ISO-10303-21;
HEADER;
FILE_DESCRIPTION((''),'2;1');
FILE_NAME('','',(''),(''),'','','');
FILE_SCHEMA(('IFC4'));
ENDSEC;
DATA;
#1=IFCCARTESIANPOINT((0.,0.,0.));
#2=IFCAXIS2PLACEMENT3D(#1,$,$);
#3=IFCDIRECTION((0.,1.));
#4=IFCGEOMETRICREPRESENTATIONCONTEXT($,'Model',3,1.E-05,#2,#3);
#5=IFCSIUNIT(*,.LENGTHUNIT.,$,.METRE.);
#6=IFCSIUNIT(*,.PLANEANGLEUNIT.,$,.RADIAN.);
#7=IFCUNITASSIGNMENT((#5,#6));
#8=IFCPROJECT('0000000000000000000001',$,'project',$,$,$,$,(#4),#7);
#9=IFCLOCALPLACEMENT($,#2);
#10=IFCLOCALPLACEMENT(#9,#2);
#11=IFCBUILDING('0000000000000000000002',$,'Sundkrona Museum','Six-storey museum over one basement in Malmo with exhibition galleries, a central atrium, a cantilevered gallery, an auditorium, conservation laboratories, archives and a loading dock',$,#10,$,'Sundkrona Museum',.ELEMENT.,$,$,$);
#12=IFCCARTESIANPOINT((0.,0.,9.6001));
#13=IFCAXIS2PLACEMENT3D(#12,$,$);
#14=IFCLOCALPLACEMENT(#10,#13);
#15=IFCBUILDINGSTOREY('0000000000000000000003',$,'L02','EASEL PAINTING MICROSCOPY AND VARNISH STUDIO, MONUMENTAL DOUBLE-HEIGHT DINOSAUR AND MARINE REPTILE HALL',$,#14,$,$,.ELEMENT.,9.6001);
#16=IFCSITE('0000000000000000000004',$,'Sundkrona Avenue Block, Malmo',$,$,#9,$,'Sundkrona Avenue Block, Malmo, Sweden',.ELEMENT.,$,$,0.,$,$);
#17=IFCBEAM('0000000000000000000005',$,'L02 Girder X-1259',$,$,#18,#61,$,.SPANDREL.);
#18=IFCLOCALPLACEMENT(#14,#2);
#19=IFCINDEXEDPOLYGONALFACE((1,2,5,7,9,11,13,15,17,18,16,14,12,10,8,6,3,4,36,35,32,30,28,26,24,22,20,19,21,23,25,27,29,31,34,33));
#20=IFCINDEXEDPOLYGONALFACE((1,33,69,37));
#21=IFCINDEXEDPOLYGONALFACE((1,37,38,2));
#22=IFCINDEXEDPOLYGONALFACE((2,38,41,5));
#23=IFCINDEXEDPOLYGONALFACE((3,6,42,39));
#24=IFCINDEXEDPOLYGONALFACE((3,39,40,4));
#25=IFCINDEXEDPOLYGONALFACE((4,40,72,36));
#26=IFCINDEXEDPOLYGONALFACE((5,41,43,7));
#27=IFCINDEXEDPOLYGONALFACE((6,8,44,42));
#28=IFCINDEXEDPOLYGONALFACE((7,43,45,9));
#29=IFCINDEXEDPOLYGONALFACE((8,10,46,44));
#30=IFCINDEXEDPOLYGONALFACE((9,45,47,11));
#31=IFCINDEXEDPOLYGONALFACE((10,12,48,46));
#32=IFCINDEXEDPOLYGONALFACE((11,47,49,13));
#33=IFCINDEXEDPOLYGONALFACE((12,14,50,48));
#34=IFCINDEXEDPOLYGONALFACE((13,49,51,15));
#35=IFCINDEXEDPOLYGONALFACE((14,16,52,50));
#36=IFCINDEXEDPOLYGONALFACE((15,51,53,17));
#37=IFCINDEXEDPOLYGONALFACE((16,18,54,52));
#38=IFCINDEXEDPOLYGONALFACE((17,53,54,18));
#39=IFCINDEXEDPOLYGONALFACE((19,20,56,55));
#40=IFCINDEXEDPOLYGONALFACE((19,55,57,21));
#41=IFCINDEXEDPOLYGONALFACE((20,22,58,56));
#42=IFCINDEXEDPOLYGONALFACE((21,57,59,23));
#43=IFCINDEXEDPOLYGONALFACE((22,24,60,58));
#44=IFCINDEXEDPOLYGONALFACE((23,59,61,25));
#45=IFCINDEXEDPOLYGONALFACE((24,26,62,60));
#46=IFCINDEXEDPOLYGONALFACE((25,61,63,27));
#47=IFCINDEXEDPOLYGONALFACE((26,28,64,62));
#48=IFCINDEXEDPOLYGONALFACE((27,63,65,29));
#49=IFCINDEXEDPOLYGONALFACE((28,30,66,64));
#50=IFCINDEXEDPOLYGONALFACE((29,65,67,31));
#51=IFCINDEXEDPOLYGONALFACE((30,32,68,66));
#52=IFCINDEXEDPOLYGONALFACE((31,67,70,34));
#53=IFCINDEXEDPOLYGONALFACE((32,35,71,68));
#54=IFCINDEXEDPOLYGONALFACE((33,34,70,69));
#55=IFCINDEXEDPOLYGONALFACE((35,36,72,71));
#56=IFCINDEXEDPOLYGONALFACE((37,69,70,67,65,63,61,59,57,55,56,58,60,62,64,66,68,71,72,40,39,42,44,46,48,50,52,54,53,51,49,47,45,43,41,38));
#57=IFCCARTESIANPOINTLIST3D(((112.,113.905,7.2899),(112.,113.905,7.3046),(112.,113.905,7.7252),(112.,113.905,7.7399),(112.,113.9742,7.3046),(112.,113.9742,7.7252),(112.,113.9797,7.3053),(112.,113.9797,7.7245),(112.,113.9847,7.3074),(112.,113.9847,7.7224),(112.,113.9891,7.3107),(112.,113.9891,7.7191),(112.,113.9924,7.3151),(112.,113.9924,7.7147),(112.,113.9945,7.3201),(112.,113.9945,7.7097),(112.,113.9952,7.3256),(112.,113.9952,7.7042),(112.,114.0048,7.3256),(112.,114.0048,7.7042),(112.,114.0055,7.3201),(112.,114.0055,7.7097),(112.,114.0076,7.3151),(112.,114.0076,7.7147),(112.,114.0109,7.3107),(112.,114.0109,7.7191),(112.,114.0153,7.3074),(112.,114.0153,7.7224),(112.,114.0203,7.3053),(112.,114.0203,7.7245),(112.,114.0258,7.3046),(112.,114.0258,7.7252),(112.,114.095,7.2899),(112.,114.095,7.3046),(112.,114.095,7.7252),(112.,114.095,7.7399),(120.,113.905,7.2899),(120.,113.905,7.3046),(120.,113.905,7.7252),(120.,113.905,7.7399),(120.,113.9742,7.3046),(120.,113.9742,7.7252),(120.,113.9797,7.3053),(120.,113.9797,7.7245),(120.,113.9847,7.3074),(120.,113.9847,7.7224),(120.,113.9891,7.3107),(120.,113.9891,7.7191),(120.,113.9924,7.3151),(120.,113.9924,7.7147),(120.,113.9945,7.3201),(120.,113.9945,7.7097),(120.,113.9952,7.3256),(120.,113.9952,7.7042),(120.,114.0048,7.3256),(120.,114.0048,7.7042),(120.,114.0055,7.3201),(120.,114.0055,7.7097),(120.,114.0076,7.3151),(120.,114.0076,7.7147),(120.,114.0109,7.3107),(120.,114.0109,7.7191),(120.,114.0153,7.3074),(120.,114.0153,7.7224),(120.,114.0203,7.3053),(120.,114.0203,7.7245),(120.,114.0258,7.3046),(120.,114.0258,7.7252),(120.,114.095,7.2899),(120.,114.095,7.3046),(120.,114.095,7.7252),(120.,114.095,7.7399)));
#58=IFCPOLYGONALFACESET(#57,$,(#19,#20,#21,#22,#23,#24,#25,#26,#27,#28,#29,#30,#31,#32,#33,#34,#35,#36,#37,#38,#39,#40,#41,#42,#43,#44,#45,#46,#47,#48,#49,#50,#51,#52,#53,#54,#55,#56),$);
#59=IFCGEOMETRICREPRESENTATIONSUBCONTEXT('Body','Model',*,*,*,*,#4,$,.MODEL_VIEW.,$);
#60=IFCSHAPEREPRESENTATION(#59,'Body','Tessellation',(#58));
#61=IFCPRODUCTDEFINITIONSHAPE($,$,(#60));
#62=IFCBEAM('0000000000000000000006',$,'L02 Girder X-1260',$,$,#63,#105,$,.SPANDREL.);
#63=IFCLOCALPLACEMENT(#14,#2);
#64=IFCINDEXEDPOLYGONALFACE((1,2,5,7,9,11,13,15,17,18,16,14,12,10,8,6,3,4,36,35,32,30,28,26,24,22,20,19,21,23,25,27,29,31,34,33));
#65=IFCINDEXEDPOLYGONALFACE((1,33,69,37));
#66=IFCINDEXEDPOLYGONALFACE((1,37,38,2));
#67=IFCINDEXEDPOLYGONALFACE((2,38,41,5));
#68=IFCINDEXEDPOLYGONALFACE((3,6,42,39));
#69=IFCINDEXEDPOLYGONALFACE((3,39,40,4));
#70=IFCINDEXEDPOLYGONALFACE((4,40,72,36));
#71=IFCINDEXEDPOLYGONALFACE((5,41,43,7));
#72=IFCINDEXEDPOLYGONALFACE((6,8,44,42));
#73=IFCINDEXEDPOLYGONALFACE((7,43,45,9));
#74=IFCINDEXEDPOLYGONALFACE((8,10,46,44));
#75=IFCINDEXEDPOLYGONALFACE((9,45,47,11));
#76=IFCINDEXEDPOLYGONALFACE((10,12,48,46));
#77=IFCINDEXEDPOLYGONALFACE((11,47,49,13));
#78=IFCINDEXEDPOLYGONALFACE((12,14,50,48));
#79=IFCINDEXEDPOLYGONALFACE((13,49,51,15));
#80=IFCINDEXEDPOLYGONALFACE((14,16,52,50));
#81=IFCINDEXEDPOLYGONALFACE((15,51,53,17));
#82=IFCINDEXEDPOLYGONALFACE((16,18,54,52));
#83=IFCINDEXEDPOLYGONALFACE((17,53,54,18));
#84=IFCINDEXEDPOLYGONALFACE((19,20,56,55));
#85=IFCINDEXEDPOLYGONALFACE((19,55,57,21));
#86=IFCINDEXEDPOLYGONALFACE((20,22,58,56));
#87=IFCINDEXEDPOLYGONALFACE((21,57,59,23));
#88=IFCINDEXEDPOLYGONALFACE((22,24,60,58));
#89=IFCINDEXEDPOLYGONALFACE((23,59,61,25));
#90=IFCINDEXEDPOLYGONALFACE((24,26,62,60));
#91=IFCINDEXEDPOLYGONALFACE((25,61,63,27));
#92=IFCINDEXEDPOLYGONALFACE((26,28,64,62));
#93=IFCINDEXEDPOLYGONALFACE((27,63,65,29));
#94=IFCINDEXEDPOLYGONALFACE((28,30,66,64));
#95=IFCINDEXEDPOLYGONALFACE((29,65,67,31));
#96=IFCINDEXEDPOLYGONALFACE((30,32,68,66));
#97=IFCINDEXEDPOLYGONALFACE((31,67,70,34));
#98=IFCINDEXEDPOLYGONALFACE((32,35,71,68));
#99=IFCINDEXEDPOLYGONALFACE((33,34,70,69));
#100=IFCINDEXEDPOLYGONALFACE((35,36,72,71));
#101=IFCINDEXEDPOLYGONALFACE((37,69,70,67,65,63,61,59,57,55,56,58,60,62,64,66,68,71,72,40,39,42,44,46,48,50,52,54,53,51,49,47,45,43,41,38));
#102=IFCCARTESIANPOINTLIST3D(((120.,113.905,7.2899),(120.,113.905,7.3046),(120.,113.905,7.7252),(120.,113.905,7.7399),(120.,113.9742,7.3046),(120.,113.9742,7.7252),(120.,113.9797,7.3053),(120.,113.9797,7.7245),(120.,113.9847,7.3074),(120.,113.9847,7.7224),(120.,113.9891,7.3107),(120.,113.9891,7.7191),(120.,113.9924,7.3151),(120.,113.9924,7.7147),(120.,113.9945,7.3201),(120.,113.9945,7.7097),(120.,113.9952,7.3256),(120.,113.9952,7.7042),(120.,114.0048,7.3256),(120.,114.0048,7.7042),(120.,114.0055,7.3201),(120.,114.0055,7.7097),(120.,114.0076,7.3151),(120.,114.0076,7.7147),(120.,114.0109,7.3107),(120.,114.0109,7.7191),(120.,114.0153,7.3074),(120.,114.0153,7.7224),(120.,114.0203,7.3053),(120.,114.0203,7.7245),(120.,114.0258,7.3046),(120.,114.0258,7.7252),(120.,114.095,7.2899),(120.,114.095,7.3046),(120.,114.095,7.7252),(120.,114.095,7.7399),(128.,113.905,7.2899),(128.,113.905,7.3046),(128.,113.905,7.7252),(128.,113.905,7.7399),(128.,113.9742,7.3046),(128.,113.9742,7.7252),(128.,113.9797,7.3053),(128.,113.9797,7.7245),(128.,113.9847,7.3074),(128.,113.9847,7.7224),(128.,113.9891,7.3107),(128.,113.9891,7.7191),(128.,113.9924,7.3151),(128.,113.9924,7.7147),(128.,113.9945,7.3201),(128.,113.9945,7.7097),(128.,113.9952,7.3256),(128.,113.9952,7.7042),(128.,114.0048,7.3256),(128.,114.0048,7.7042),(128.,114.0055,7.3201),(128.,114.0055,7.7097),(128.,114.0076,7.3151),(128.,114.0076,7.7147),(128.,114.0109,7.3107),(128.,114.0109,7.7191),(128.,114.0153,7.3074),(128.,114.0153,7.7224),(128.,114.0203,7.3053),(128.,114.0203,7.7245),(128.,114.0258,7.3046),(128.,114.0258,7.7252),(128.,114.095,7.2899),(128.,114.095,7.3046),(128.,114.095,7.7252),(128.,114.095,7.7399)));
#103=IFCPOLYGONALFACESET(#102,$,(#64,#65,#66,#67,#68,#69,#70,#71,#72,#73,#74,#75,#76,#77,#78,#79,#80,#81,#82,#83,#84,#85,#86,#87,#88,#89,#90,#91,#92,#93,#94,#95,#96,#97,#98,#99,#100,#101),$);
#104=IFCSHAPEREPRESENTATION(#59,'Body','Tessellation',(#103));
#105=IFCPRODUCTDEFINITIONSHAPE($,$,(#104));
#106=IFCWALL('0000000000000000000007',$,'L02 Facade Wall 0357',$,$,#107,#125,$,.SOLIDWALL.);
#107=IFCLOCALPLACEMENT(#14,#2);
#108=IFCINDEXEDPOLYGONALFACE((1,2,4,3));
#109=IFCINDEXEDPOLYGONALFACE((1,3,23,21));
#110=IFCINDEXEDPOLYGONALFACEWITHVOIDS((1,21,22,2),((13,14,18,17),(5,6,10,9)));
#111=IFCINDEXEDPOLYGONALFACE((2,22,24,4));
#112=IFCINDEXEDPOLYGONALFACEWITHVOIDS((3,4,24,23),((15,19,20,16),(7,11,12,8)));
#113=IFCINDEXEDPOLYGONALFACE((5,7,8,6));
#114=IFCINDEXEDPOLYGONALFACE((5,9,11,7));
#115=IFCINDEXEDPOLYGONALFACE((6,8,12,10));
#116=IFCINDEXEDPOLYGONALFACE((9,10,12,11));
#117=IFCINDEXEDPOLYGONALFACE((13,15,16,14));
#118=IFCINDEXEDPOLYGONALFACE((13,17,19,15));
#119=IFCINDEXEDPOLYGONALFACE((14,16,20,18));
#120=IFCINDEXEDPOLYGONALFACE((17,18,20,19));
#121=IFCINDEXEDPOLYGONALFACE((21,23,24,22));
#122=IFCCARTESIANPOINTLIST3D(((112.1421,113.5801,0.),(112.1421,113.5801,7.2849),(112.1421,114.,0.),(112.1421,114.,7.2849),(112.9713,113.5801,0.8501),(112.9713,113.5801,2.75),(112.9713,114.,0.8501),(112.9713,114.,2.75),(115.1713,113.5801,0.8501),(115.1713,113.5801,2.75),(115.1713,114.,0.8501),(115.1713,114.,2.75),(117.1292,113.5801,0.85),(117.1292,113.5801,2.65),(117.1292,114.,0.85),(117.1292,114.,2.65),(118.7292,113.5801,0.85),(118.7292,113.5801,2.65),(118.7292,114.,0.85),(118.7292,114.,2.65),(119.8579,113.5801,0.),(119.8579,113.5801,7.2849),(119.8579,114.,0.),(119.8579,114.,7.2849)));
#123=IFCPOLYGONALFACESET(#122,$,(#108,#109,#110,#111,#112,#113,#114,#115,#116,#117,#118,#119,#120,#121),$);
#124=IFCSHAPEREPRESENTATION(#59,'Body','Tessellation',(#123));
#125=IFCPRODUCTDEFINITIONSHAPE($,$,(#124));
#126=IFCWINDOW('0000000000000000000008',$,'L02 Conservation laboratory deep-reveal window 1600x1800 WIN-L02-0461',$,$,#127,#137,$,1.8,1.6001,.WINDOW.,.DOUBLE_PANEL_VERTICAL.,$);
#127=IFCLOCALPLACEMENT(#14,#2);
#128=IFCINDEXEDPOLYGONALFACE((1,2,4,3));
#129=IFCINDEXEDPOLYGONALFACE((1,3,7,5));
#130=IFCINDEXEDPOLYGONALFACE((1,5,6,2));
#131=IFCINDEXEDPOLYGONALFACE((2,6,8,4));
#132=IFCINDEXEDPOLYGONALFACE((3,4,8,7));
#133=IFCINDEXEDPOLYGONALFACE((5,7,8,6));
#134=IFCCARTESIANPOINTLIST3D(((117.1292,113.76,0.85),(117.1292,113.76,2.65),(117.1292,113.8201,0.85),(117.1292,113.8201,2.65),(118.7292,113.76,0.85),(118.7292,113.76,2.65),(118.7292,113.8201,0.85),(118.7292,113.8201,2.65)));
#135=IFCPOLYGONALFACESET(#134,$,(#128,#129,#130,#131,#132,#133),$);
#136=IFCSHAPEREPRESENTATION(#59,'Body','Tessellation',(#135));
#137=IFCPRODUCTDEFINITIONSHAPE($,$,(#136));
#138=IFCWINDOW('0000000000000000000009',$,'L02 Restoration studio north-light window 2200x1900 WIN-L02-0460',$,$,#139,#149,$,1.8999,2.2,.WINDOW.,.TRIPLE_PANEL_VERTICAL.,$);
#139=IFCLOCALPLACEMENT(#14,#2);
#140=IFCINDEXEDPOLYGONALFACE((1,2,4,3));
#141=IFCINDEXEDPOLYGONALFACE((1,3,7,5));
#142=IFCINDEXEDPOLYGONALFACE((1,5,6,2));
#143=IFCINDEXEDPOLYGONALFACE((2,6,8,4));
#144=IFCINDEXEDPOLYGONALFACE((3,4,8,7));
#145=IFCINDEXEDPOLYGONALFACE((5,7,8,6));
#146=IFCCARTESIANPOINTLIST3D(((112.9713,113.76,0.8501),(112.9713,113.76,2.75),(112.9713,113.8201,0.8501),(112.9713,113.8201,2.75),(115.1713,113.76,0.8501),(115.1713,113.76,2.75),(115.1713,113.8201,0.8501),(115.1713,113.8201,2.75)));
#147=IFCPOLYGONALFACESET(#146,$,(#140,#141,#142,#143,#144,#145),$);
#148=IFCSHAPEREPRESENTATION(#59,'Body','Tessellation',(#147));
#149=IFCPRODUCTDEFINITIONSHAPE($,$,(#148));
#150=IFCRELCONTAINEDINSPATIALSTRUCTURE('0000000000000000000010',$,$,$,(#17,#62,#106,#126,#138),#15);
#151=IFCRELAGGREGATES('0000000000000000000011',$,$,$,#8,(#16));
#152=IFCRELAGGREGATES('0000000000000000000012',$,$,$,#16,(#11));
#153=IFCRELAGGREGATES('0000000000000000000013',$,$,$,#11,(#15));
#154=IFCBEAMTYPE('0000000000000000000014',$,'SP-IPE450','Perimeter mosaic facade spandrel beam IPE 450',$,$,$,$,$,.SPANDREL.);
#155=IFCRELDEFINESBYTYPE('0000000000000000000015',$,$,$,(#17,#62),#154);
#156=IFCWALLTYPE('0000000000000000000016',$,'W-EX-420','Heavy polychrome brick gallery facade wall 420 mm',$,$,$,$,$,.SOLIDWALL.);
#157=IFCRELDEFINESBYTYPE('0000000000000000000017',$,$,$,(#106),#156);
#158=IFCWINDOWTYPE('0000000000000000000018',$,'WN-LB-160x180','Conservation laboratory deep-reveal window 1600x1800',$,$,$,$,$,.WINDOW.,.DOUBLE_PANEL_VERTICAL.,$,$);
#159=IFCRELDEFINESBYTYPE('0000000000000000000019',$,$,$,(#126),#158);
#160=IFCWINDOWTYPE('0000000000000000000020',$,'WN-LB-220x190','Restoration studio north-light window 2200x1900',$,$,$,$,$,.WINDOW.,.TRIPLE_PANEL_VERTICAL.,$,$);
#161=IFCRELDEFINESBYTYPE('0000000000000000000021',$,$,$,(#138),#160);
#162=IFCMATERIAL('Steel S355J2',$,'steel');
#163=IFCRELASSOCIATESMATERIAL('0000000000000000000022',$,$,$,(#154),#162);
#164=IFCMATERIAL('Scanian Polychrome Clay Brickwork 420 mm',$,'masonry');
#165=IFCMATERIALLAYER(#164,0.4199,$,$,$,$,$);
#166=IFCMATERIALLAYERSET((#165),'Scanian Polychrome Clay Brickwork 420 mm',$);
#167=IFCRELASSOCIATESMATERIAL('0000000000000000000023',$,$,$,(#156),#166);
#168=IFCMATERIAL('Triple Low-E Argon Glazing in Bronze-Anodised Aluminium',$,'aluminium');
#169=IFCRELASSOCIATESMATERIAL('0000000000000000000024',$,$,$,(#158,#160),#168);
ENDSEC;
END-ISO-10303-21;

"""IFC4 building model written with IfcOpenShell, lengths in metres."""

from ifc_helpers import new_model, si_unit, direction, frame, frame_2d, origin, origin_2d, place, context, subcontext, project, spatial, rectangle, i_section, extrude, material, layer, layer_set, material_profile, profile_set, type_object, element, fill, save


model = new_model("IFC4")

# Units and contexts
model_context = context("Model", 3, precision=1e-05, world=origin(), true_north=direction((0.0, 1.0)))
body_context = subcontext(model_context, "Body", "Model", "MODEL_VIEW")
ifc_project = project(units=[si_unit("LENGTHUNIT", "METRE"), si_unit("PLANEANGLEUNIT", "RADIAN")], contexts=[model_context])

# Site, building, storey
site_placement = place(None, origin())
site = spatial("IfcSite", under=ifc_project, at=site_placement, Name="Sundkrona Avenue Block, Malmo", LongName="Sundkrona Avenue Block, Malmo, Sweden", CompositionType="ELEMENT", RefElevation=0.0)
building_placement = place(site_placement, origin())
building = spatial("IfcBuilding", under=site, at=building_placement, Name="Sundkrona Museum", Description="Six-storey museum over one basement in Malmo with exhibition galleries, a central atrium, a cantilevered gallery, an auditorium, conservation laboratories, archives and a loading dock", LongName="Sundkrona Museum", CompositionType="ELEMENT")
storey_placement = place(building_placement, frame((0.0, 0.0, 9.6001)))
storey = spatial("IfcBuildingStorey", under=building, at=storey_placement, Name="L02", Description="EASEL PAINTING MICROSCOPY AND VARNISH STUDIO, MONUMENTAL DOUBLE-HEIGHT DINOSAUR AND MARINE REPTILE HALL", CompositionType="ELEMENT", Elevation=9.6001)

# Shared definitions
ifc_material_1 = material(Name="Steel S355J2", Category="steel")

# Beams
ifc_material_profile_1 = material_profile(ifc_material_1, i_section(OverallWidth=0.1899, OverallDepth=0.45, WebThickness=0.0095, FlangeThickness=0.0146, FilletRadius=0.021, at=origin_2d()), Name="IPE 450")
ifc_profile_set_1 = profile_set([ifc_material_profile_1], Name="Steel S355J2")
beam_type_1 = type_object("IfcBeamType", Name="SP-IPE450", Description="Perimeter mosaic facade spandrel beam IPE 450", PredefinedType="SPANDREL", material=ifc_profile_set_1)
for number, where, z_axis, x_axis, name in (
    (1, (112.0, 114.0, 7.5149), (1.0, 0.0, 0.0), (0.0, 1.0, 0.0), "L02 Girder X-1259"),
    (2, (120.0, 114.0, 7.5149), (1.0, 0.0, 0.0), (0.0, 1.0, 0.0), "L02 Girder X-1260"),
):
    element("IfcBeam", number, at=place(storey_placement, frame(where, z_axis=z_axis, x_axis=x_axis)), inside=storey, type_object=beam_type_1, Name=name, PredefinedType="SPANDREL", context=body_context, shape_type="SweptSolid", body=[
        extrude(i_section(OverallWidth=0.1899, OverallDepth=0.45, WebThickness=0.0095, FlangeThickness=0.0146, FilletRadius=0.021, at=origin_2d()), origin(), (0.0, 0.0, 1.0), 8.0),
    ])

# Wall, openings, windows
ifc_material_2 = material(Name="Scanian Polychrome Clay Brickwork 420 mm", Category="masonry")
ifc_layer = layer(ifc_material_2, 0.4199)
ifc_layer_set = layer_set([ifc_layer], Name="Scanian Polychrome Clay Brickwork 420 mm")
wall_type = type_object("IfcWallType", Name="W-EX-420", Description="Heavy polychrome brick gallery facade wall 420 mm", PredefinedType="SOLIDWALL", material=ifc_layer_set)
wall_1_placement = place(storey_placement, frame((112.1421, 113.79, 0.0), z_axis=(0.0, 0.0, 1.0), x_axis=(1.0, 0.0, 0.0)))
wall_1 = element("IfcWall", 3, at=wall_1_placement, inside=storey, type_object=wall_type, Name="L02 Facade Wall 0357", PredefinedType="SOLIDWALL", context=body_context, shape_type="SweptSolid", body=[
    extrude(rectangle(XDim=7.7158, YDim=0.4199, at=frame_2d((3.8579, 0.0))), origin(), (0.0, 0.0, 1.0), 7.2849),
])
opening_1_placement = place(wall_1_placement, frame((0.8291, 0.0, 0.8501)))
opening_1 = element("IfcOpeningElement", 4, at=opening_1_placement, cuts=wall_1, PredefinedType="OPENING", context=body_context, shape_type="SweptSolid", body=[
    extrude(rectangle(XDim=2.2, YDim=1.8999, at=frame_2d((1.1001, 0.95))), frame((0.0, 0.22, 0.0), z_axis=(0.0, -1.0, 0.0), x_axis=(1.0, 0.0, 0.0)), (0.0, 0.0, 1.0), 0.4399),
])
opening_2_placement = place(wall_1_placement, frame((4.9871, 0.0, 0.8501)))
opening_2 = element("IfcOpeningElement", 5, at=opening_2_placement, cuts=wall_1, PredefinedType="OPENING", context=body_context, shape_type="SweptSolid", body=[
    extrude(rectangle(XDim=1.6001, YDim=1.8, at=frame_2d((0.8, 0.8999))), frame((0.0, 0.22, 0.0), z_axis=(0.0, -1.0, 0.0), x_axis=(1.0, 0.0, 0.0)), (0.0, 0.0, 1.0), 0.4399),
])
ifc_material_3 = material(Name="Triple Low-E Argon Glazing in Bronze-Anodised Aluminium", Category="aluminium")
window_type_1 = type_object("IfcWindowType", Name="WN-LB-160x180", Description="Conservation laboratory deep-reveal window 1600x1800", PartitioningType="DOUBLE_PANEL_VERTICAL", PredefinedType="WINDOW", material=ifc_material_3)
window_1_placement = place(opening_2_placement, origin())
window_1 = element("IfcWindow", 6, at=window_1_placement, inside=storey, type_object=window_type_1, Name="L02 Conservation laboratory deep-reveal window 1600x1800 WIN-L02-0461", OverallHeight=1.8, OverallWidth=1.6001, PartitioningType="DOUBLE_PANEL_VERTICAL", PredefinedType="WINDOW", context=body_context, shape_type="SweptSolid", body=[
    extrude(rectangle(XDim=1.6001, YDim=1.8, at=frame_2d((0.8, 0.8999))), frame((0.0, 0.03, 0.0), z_axis=(0.0, -1.0, 0.0), x_axis=(1.0, 0.0, 0.0)), (0.0, 0.0, 1.0), 0.0601),
])
fill(opening_2, window_1)
window_type_2 = type_object("IfcWindowType", Name="WN-LB-220x190", Description="Restoration studio north-light window 2200x1900", PartitioningType="TRIPLE_PANEL_VERTICAL", PredefinedType="WINDOW", material=ifc_material_3)
window_2_placement = place(opening_1_placement, origin())
window_2 = element("IfcWindow", 7, at=window_2_placement, inside=storey, type_object=window_type_2, Name="L02 Restoration studio north-light window 2200x1900 WIN-L02-0460", OverallHeight=1.8999, OverallWidth=2.2, PartitioningType="TRIPLE_PANEL_VERTICAL", PredefinedType="WINDOW", context=body_context, shape_type="SweptSolid", body=[
    extrude(rectangle(XDim=2.2, YDim=1.8999, at=frame_2d((1.1001, 0.95))), frame((0.0, 0.03, 0.0), z_axis=(0.0, -1.0, 0.0), x_axis=(1.0, 0.0, 0.0)), (0.0, 0.0, 1.0), 0.0601),
])
fill(opening_1, window_2)

save(model, "model.ifc")
